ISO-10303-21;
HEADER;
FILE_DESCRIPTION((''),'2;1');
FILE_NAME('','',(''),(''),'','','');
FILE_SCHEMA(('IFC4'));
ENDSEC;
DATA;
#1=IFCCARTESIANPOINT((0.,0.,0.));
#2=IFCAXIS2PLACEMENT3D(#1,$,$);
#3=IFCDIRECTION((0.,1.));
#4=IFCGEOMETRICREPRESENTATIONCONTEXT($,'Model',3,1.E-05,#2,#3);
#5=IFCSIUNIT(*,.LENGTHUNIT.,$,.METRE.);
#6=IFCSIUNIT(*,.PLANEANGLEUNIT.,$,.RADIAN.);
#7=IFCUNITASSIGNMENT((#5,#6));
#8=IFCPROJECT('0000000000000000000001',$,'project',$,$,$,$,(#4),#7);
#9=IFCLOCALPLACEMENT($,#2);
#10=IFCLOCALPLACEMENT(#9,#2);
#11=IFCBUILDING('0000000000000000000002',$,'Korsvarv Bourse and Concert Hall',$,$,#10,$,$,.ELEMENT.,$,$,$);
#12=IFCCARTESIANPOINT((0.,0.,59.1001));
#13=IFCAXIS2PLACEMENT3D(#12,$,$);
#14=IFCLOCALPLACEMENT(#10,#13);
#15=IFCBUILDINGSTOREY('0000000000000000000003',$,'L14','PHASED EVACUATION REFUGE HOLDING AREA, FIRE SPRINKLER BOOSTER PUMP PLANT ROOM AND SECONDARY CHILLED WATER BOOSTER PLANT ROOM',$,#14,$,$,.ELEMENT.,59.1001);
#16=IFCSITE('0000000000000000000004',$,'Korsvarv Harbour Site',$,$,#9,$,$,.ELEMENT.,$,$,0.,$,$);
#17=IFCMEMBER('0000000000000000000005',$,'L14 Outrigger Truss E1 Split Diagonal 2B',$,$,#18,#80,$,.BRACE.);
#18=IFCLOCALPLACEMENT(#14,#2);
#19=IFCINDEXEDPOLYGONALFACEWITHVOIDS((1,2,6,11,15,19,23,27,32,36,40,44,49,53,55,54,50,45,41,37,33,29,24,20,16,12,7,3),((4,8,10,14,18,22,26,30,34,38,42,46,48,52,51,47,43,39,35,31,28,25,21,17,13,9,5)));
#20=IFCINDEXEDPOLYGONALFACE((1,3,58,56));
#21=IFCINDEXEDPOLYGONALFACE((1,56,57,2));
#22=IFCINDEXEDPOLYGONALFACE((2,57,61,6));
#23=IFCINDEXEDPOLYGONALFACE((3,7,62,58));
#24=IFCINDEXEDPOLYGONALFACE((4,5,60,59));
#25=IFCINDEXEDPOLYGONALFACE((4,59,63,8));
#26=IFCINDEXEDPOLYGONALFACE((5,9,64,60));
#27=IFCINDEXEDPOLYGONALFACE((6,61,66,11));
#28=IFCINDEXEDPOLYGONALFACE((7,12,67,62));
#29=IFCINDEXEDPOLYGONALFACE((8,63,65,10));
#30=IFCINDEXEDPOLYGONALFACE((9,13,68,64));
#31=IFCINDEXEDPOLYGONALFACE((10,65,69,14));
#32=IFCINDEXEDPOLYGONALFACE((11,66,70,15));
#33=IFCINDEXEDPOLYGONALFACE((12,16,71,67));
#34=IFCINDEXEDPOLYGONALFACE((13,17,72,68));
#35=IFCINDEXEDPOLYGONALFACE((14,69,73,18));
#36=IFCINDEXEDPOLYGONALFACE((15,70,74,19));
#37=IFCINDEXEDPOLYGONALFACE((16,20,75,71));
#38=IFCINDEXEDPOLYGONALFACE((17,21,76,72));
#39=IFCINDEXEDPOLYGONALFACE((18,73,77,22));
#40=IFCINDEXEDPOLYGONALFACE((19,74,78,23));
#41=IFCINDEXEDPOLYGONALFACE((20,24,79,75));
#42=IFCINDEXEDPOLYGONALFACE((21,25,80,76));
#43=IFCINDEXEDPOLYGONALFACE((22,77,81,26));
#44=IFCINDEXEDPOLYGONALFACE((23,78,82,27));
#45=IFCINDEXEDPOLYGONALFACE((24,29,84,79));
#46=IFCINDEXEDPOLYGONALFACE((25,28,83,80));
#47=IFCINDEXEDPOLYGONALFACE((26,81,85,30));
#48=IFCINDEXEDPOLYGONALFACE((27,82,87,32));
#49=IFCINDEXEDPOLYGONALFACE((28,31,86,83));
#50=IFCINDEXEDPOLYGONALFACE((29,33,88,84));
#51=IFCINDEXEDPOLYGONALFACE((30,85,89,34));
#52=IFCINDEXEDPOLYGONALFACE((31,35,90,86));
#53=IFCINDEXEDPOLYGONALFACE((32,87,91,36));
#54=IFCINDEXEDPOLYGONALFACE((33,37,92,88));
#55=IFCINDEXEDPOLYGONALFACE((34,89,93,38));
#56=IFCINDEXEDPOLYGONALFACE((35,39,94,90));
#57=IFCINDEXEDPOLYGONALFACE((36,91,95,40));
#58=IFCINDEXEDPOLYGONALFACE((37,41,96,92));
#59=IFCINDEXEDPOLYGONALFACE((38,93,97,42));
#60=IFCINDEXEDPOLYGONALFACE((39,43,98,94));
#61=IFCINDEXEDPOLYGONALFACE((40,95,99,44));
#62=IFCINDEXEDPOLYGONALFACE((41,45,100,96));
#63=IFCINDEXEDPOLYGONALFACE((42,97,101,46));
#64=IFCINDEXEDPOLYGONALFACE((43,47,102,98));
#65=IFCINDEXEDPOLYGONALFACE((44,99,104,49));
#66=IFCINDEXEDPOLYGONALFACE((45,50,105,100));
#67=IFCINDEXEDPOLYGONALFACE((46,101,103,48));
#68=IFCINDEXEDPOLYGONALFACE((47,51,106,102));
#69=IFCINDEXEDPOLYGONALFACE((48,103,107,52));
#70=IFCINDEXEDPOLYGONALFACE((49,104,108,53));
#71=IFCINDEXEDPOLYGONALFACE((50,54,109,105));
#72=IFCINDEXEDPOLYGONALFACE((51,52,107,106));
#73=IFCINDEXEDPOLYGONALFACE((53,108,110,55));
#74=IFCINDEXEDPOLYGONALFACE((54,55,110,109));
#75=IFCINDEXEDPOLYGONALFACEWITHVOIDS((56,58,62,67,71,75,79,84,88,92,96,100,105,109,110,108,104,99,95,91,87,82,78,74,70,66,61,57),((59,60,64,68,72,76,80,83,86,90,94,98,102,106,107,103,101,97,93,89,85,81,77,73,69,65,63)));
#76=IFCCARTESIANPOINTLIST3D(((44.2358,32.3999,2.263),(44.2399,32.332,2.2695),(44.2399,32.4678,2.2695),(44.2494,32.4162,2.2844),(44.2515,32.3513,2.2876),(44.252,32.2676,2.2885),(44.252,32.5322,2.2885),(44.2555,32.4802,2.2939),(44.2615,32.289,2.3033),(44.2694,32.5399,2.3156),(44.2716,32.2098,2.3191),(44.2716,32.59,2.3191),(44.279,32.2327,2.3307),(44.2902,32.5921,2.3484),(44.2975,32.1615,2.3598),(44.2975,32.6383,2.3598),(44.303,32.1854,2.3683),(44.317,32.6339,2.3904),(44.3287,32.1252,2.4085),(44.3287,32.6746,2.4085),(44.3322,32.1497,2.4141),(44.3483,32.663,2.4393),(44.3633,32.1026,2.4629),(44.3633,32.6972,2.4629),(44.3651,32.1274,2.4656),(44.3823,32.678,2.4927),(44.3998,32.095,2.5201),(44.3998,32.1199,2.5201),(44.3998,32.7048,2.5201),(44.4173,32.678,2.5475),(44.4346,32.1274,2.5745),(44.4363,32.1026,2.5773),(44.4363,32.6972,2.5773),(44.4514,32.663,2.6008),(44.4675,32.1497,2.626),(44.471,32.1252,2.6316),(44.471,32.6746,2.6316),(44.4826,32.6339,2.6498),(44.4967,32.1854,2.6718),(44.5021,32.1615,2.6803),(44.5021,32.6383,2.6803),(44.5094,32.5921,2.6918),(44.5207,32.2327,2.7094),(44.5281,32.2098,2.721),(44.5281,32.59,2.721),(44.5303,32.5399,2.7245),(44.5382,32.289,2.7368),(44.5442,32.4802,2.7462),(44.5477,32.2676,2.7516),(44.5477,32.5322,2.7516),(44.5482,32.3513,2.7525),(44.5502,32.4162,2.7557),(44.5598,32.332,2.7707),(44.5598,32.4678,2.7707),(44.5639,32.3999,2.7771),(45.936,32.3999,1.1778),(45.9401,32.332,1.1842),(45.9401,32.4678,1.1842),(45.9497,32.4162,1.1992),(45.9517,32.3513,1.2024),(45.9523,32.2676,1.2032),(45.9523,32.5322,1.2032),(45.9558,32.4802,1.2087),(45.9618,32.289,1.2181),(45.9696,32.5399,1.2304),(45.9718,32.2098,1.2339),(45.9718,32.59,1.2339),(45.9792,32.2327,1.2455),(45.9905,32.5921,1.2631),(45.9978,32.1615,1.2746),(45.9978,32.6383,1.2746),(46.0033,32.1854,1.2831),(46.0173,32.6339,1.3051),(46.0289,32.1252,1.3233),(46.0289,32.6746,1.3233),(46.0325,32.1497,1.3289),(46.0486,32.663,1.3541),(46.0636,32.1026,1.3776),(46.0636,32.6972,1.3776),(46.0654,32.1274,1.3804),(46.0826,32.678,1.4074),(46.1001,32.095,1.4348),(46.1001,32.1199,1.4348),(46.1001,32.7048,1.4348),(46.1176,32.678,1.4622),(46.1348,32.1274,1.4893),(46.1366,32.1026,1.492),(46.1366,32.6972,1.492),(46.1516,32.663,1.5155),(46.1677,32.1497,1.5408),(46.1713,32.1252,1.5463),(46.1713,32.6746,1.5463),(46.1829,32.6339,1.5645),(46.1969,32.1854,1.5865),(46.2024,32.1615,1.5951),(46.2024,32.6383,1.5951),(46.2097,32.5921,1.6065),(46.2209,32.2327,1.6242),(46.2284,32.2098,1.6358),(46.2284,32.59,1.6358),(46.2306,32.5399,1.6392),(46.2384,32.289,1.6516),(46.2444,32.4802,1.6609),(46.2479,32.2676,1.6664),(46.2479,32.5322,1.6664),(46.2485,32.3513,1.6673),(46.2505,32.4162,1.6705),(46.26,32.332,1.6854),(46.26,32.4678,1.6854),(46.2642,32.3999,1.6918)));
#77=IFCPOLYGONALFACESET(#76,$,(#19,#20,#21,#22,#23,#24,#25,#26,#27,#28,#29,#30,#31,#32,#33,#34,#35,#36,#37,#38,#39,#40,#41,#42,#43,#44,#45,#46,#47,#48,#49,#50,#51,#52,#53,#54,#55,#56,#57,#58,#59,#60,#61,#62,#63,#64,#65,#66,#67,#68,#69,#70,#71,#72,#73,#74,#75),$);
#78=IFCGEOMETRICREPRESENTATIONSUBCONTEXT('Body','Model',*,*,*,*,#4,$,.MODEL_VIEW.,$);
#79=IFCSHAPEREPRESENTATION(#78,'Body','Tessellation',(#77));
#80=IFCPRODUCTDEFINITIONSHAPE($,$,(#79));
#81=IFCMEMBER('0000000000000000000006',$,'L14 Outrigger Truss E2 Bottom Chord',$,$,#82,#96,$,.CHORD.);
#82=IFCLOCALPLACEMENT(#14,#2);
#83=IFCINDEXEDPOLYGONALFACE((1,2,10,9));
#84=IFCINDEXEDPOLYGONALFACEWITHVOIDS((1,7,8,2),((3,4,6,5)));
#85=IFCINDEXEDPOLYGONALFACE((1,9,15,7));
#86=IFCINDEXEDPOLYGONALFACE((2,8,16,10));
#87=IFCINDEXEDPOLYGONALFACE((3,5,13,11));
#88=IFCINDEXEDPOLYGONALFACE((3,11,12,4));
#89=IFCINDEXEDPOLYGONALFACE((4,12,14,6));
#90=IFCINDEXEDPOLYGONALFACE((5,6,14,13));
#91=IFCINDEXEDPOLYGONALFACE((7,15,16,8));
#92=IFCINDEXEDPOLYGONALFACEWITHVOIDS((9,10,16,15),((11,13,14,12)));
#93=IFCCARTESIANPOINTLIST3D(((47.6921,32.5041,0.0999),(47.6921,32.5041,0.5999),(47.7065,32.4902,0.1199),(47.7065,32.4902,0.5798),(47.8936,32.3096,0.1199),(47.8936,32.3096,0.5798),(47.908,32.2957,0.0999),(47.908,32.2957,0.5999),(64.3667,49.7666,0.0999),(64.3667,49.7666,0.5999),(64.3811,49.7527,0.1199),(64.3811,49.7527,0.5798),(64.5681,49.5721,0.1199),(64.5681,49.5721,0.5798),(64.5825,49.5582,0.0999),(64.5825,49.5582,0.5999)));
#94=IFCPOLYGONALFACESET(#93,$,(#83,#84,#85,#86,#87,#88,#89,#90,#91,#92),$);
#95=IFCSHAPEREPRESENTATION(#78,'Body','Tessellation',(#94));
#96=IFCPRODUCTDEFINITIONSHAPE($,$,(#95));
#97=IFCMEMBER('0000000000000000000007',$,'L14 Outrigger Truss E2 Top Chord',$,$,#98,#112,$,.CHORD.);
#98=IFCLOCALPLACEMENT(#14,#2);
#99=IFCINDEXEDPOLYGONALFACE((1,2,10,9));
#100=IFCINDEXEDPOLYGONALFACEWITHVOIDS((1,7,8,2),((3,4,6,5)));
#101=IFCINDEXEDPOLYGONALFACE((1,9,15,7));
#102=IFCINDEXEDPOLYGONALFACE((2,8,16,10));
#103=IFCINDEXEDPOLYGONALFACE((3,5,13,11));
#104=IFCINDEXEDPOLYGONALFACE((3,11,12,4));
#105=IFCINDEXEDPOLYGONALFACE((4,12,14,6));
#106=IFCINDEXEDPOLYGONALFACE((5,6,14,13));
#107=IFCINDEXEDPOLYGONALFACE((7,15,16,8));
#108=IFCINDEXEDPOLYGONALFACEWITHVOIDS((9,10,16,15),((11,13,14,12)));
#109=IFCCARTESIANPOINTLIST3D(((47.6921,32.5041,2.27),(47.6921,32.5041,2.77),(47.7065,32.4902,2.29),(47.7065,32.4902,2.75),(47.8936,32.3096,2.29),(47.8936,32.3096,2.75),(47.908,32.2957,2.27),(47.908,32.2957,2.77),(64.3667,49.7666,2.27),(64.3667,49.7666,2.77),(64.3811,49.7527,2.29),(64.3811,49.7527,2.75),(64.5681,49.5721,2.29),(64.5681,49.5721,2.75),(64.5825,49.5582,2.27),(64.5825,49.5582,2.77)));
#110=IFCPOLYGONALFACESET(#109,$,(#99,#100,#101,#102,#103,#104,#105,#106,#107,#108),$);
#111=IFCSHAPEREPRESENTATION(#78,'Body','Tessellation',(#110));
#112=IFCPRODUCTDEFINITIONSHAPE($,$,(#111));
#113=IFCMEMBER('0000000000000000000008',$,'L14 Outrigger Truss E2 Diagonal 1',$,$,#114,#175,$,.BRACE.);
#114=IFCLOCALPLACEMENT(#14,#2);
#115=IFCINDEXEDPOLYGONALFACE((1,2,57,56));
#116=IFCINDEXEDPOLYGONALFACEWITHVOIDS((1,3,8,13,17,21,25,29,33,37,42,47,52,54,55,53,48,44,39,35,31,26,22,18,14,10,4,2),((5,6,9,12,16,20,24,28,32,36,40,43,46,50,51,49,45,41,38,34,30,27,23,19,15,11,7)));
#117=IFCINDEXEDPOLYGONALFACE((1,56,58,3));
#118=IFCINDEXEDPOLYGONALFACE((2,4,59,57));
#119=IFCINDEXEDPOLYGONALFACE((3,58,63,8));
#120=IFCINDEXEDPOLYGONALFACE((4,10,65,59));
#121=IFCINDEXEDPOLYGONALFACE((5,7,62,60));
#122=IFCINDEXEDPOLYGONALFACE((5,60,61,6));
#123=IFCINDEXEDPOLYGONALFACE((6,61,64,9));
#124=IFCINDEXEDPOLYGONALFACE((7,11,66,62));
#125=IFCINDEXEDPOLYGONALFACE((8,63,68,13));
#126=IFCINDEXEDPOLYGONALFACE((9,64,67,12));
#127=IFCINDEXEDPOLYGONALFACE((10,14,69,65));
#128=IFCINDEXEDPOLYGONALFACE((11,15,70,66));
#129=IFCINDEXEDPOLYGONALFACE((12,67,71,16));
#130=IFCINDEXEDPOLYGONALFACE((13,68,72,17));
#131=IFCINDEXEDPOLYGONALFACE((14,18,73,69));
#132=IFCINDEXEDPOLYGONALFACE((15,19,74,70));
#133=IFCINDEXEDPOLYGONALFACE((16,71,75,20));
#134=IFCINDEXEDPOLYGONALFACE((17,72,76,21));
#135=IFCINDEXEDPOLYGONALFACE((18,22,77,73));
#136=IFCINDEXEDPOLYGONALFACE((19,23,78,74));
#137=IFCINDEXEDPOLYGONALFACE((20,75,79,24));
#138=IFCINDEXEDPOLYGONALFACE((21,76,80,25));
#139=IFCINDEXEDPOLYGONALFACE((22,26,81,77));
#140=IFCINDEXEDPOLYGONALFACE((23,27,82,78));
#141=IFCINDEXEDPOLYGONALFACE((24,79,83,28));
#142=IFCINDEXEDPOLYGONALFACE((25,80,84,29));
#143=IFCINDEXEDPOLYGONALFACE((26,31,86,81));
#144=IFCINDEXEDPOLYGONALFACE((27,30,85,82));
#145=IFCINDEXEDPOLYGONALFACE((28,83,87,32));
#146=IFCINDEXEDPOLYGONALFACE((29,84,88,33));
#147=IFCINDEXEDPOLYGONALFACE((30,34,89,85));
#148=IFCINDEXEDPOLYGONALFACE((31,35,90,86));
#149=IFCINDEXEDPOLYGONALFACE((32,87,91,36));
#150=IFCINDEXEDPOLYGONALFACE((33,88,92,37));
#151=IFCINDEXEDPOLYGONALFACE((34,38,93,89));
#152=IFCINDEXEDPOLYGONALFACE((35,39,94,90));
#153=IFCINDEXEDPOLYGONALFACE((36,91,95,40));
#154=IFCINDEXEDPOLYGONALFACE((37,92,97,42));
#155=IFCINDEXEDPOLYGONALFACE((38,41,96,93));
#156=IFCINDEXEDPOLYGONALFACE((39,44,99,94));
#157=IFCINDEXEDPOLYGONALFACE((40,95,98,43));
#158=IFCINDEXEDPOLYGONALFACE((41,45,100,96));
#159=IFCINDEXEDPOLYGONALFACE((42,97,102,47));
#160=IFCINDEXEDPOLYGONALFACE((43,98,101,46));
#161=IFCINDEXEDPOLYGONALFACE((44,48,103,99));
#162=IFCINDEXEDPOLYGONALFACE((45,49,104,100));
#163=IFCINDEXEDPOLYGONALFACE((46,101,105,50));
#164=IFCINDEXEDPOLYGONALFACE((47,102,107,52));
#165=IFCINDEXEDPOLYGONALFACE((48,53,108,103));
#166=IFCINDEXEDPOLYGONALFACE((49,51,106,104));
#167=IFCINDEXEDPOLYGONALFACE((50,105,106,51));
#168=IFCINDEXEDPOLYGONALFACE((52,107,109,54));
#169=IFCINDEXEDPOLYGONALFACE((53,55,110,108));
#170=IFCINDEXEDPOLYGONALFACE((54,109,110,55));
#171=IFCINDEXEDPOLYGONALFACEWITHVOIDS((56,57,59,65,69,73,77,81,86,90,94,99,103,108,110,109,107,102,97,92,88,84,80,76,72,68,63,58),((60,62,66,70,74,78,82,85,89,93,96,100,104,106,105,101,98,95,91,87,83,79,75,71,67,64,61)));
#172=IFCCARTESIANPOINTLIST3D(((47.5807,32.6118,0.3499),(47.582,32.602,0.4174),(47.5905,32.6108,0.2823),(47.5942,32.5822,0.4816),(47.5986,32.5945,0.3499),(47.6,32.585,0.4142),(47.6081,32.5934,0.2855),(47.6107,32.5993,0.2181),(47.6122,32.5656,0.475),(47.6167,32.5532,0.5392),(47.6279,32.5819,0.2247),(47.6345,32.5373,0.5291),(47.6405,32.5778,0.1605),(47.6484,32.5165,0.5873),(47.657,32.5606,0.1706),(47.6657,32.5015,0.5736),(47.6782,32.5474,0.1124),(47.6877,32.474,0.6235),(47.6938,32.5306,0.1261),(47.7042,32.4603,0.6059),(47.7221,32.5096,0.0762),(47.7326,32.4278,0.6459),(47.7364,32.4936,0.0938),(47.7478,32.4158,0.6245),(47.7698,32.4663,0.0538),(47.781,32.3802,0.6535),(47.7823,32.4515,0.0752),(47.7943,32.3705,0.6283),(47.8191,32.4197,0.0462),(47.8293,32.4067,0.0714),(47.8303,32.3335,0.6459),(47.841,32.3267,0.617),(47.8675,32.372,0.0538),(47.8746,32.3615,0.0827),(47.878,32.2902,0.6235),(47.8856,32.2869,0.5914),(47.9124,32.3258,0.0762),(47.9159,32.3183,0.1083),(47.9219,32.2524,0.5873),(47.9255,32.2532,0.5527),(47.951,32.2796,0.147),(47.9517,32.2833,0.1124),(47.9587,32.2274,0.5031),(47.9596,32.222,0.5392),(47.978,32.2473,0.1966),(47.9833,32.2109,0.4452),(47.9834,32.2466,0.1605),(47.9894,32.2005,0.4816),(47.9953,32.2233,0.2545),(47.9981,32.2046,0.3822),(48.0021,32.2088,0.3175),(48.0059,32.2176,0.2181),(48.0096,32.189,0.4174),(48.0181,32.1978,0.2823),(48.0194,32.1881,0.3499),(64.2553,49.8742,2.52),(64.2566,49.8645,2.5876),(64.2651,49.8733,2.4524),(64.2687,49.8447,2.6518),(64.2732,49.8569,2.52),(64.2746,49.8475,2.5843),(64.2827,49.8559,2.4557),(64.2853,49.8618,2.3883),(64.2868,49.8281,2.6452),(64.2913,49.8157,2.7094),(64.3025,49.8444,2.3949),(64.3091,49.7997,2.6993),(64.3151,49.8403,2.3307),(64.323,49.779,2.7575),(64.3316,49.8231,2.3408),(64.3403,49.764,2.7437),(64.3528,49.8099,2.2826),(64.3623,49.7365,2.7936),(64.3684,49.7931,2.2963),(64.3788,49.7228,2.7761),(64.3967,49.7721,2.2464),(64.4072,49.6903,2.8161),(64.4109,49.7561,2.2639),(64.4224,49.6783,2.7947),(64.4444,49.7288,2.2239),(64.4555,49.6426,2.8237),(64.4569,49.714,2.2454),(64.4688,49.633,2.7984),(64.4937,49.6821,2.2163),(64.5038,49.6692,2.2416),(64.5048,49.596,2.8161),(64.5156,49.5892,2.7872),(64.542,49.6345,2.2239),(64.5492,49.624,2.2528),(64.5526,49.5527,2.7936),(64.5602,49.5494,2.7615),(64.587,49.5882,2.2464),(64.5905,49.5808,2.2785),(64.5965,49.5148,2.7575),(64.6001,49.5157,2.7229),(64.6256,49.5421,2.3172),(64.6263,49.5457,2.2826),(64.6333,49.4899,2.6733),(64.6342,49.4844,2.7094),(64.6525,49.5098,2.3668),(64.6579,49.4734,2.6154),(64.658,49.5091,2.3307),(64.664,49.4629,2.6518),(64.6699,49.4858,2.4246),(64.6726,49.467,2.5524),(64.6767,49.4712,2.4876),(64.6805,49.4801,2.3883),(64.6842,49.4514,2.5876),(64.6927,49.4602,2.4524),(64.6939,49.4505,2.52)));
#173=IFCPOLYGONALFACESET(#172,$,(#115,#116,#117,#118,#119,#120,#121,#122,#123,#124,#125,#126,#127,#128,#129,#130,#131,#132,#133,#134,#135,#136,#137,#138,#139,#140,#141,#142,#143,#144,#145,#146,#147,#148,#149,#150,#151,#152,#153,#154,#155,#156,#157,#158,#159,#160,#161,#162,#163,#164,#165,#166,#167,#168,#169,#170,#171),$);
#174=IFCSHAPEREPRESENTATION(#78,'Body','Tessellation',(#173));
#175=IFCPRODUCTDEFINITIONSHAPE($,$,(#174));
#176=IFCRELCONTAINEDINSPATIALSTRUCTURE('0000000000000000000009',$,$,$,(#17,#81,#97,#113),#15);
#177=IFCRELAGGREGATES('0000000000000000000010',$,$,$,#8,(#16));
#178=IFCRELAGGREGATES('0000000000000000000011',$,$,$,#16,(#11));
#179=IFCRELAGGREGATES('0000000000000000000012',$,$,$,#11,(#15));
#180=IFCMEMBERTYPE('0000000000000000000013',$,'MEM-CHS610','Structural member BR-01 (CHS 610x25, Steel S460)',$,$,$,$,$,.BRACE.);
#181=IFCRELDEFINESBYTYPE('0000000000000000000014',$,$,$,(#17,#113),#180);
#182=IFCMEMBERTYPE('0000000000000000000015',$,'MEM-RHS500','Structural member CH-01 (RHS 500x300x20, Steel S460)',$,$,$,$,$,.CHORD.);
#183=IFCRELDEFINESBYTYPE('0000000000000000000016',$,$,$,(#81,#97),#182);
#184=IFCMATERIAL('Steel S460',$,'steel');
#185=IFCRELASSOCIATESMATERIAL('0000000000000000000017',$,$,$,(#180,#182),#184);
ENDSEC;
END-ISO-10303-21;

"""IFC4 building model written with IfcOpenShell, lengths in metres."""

from ifc_helpers import new_model, si_unit, direction, frame, origin, origin_2d, place, context, subcontext, project, spatial, hollow_rectangle, hollow_circle, extrude, source, transform, mapped, material, material_profile, profile_set, type_object, element, save


model = new_model("IFC4")

# Units and contexts
model_context = context("Model", 3, precision=1e-05, world=origin(), true_north=direction((0.0, 1.0)))
body_context = subcontext(model_context, "Body", "Model", "MODEL_VIEW")
ifc_project = project(units=[si_unit("LENGTHUNIT", "METRE"), si_unit("PLANEANGLEUNIT", "RADIAN")], contexts=[model_context])

# Site, building, storey
site_placement = place(None, origin())
site = spatial("IfcSite", under=ifc_project, at=site_placement, Name="Korsvarv Harbour Site", CompositionType="ELEMENT", RefElevation=0.0)
building_placement = place(site_placement, origin())
building = spatial("IfcBuilding", under=site, at=building_placement, Name="Korsvarv Bourse and Concert Hall", CompositionType="ELEMENT")
storey_placement = place(building_placement, frame((0.0, 0.0, 59.1001)))
storey = spatial("IfcBuildingStorey", under=building, at=storey_placement, Name="L14", Description="PHASED EVACUATION REFUGE HOLDING AREA, FIRE SPRINKLER BOOSTER PUMP PLANT ROOM AND SECONDARY CHILLED WATER BOOSTER PLANT ROOM", CompositionType="ELEMENT", Elevation=59.1001)

# Shared definitions
ifc_material_1 = material(Name="Steel S460", Category="steel")

# Members
ifc_material_profile_1 = material_profile(ifc_material_1, hollow_circle(Radius=0.3049, WallThickness=0.0249, at=origin_2d()), Name="CHS 610x25")
ifc_profile_set_1 = profile_set([ifc_material_profile_1], Name="Steel S460")
member_type_1 = type_object("IfcMemberType", Name="MEM-CHS610", Description="Structural member BR-01 (CHS 610x25, Steel S460)", PredefinedType="BRACE", material=ifc_profile_set_1)
shared_shape_1 = source(origin(), body_context, "Body", "SweptSolid", [
    extrude(hollow_circle(Radius=0.3049, WallThickness=0.0249, at=origin_2d()), origin(), (0.0, 0.0, 1.0), 2.0171),
])
member_1_placement = place(storey_placement, frame((46.1001, 32.3999, 1.4348), z_axis=(-0.842928, 0.0, 0.538026), x_axis=(0.0, -1.0, 0.0)))
element("IfcMember", 1, at=member_1_placement, inside=storey, type_object=member_type_1, Name="L14 Outrigger Truss E1 Split Diagonal 2B", PredefinedType="BRACE", context=body_context, shape_type="MappedRepresentation", body=[
    mapped(shared_shape_1, transform((0.0, 0.0, 0.0), scale=1.0)),
])
ifc_material_profile_2 = material_profile(ifc_material_1, hollow_rectangle(XDim=0.3, YDim=0.5, WallThickness=0.02, at=origin_2d()), Name="RHS 500x300x20")
ifc_profile_set_2 = profile_set([ifc_material_profile_2], Name="Steel S460")
member_type_2 = type_object("IfcMemberType", Name="MEM-RHS500", Description="Structural member CH-01 (RHS 500x300x20, Steel S460)", PredefinedType="CHORD", material=ifc_profile_set_2)
shared_shape_2 = source(origin(), body_context, "Body", "SweptSolid", [
    extrude(hollow_rectangle(XDim=0.3, YDim=0.5, WallThickness=0.02, at=origin_2d()), origin(), (0.0, 0.0, 1.0), 24.0007),
])
for number, where, z_axis, x_axis, name in (
    (2, (47.8, 32.3999, 0.3499), (0.694753, 0.719248, 0.0), (-0.719248, 0.694753, 0.0), "L14 Outrigger Truss E2 Bottom Chord"),
    (3, (47.8, 32.3999, 2.52), (0.694753, 0.719248, 0.0), (-0.719248, 0.694753, 0.0), "L14 Outrigger Truss E2 Top Chord"),
):
    element("IfcMember", number, at=place(storey_placement, frame(where, z_axis=z_axis, x_axis=x_axis)), inside=storey, type_object=member_type_2, Name=name, PredefinedType="CHORD", context=body_context, shape_type="MappedRepresentation", body=[
        mapped(shared_shape_2, transform((0.0, 0.0, 0.0), scale=1.0)),
    ])
shared_shape_3 = source(origin(), body_context, "Body", "SweptSolid", [
    extrude(hollow_circle(Radius=0.3049, WallThickness=0.0249, at=origin_2d()), origin(), (0.0, 0.0, 1.0), 24.0986),
])
member_2_placement = place(storey_placement, frame((47.8, 32.3999, 0.3499), z_axis=(0.691931, 0.716326, 0.090054), x_axis=(-0.719248, 0.694753, 0.0)))
element("IfcMember", 4, at=member_2_placement, inside=storey, type_object=member_type_1, Name="L14 Outrigger Truss E2 Diagonal 1", PredefinedType="BRACE", context=body_context, shape_type="MappedRepresentation", body=[
    mapped(shared_shape_3, transform((0.0, 0.0, 0.0), scale=1.0)),
])

save(model, "model.ifc")
